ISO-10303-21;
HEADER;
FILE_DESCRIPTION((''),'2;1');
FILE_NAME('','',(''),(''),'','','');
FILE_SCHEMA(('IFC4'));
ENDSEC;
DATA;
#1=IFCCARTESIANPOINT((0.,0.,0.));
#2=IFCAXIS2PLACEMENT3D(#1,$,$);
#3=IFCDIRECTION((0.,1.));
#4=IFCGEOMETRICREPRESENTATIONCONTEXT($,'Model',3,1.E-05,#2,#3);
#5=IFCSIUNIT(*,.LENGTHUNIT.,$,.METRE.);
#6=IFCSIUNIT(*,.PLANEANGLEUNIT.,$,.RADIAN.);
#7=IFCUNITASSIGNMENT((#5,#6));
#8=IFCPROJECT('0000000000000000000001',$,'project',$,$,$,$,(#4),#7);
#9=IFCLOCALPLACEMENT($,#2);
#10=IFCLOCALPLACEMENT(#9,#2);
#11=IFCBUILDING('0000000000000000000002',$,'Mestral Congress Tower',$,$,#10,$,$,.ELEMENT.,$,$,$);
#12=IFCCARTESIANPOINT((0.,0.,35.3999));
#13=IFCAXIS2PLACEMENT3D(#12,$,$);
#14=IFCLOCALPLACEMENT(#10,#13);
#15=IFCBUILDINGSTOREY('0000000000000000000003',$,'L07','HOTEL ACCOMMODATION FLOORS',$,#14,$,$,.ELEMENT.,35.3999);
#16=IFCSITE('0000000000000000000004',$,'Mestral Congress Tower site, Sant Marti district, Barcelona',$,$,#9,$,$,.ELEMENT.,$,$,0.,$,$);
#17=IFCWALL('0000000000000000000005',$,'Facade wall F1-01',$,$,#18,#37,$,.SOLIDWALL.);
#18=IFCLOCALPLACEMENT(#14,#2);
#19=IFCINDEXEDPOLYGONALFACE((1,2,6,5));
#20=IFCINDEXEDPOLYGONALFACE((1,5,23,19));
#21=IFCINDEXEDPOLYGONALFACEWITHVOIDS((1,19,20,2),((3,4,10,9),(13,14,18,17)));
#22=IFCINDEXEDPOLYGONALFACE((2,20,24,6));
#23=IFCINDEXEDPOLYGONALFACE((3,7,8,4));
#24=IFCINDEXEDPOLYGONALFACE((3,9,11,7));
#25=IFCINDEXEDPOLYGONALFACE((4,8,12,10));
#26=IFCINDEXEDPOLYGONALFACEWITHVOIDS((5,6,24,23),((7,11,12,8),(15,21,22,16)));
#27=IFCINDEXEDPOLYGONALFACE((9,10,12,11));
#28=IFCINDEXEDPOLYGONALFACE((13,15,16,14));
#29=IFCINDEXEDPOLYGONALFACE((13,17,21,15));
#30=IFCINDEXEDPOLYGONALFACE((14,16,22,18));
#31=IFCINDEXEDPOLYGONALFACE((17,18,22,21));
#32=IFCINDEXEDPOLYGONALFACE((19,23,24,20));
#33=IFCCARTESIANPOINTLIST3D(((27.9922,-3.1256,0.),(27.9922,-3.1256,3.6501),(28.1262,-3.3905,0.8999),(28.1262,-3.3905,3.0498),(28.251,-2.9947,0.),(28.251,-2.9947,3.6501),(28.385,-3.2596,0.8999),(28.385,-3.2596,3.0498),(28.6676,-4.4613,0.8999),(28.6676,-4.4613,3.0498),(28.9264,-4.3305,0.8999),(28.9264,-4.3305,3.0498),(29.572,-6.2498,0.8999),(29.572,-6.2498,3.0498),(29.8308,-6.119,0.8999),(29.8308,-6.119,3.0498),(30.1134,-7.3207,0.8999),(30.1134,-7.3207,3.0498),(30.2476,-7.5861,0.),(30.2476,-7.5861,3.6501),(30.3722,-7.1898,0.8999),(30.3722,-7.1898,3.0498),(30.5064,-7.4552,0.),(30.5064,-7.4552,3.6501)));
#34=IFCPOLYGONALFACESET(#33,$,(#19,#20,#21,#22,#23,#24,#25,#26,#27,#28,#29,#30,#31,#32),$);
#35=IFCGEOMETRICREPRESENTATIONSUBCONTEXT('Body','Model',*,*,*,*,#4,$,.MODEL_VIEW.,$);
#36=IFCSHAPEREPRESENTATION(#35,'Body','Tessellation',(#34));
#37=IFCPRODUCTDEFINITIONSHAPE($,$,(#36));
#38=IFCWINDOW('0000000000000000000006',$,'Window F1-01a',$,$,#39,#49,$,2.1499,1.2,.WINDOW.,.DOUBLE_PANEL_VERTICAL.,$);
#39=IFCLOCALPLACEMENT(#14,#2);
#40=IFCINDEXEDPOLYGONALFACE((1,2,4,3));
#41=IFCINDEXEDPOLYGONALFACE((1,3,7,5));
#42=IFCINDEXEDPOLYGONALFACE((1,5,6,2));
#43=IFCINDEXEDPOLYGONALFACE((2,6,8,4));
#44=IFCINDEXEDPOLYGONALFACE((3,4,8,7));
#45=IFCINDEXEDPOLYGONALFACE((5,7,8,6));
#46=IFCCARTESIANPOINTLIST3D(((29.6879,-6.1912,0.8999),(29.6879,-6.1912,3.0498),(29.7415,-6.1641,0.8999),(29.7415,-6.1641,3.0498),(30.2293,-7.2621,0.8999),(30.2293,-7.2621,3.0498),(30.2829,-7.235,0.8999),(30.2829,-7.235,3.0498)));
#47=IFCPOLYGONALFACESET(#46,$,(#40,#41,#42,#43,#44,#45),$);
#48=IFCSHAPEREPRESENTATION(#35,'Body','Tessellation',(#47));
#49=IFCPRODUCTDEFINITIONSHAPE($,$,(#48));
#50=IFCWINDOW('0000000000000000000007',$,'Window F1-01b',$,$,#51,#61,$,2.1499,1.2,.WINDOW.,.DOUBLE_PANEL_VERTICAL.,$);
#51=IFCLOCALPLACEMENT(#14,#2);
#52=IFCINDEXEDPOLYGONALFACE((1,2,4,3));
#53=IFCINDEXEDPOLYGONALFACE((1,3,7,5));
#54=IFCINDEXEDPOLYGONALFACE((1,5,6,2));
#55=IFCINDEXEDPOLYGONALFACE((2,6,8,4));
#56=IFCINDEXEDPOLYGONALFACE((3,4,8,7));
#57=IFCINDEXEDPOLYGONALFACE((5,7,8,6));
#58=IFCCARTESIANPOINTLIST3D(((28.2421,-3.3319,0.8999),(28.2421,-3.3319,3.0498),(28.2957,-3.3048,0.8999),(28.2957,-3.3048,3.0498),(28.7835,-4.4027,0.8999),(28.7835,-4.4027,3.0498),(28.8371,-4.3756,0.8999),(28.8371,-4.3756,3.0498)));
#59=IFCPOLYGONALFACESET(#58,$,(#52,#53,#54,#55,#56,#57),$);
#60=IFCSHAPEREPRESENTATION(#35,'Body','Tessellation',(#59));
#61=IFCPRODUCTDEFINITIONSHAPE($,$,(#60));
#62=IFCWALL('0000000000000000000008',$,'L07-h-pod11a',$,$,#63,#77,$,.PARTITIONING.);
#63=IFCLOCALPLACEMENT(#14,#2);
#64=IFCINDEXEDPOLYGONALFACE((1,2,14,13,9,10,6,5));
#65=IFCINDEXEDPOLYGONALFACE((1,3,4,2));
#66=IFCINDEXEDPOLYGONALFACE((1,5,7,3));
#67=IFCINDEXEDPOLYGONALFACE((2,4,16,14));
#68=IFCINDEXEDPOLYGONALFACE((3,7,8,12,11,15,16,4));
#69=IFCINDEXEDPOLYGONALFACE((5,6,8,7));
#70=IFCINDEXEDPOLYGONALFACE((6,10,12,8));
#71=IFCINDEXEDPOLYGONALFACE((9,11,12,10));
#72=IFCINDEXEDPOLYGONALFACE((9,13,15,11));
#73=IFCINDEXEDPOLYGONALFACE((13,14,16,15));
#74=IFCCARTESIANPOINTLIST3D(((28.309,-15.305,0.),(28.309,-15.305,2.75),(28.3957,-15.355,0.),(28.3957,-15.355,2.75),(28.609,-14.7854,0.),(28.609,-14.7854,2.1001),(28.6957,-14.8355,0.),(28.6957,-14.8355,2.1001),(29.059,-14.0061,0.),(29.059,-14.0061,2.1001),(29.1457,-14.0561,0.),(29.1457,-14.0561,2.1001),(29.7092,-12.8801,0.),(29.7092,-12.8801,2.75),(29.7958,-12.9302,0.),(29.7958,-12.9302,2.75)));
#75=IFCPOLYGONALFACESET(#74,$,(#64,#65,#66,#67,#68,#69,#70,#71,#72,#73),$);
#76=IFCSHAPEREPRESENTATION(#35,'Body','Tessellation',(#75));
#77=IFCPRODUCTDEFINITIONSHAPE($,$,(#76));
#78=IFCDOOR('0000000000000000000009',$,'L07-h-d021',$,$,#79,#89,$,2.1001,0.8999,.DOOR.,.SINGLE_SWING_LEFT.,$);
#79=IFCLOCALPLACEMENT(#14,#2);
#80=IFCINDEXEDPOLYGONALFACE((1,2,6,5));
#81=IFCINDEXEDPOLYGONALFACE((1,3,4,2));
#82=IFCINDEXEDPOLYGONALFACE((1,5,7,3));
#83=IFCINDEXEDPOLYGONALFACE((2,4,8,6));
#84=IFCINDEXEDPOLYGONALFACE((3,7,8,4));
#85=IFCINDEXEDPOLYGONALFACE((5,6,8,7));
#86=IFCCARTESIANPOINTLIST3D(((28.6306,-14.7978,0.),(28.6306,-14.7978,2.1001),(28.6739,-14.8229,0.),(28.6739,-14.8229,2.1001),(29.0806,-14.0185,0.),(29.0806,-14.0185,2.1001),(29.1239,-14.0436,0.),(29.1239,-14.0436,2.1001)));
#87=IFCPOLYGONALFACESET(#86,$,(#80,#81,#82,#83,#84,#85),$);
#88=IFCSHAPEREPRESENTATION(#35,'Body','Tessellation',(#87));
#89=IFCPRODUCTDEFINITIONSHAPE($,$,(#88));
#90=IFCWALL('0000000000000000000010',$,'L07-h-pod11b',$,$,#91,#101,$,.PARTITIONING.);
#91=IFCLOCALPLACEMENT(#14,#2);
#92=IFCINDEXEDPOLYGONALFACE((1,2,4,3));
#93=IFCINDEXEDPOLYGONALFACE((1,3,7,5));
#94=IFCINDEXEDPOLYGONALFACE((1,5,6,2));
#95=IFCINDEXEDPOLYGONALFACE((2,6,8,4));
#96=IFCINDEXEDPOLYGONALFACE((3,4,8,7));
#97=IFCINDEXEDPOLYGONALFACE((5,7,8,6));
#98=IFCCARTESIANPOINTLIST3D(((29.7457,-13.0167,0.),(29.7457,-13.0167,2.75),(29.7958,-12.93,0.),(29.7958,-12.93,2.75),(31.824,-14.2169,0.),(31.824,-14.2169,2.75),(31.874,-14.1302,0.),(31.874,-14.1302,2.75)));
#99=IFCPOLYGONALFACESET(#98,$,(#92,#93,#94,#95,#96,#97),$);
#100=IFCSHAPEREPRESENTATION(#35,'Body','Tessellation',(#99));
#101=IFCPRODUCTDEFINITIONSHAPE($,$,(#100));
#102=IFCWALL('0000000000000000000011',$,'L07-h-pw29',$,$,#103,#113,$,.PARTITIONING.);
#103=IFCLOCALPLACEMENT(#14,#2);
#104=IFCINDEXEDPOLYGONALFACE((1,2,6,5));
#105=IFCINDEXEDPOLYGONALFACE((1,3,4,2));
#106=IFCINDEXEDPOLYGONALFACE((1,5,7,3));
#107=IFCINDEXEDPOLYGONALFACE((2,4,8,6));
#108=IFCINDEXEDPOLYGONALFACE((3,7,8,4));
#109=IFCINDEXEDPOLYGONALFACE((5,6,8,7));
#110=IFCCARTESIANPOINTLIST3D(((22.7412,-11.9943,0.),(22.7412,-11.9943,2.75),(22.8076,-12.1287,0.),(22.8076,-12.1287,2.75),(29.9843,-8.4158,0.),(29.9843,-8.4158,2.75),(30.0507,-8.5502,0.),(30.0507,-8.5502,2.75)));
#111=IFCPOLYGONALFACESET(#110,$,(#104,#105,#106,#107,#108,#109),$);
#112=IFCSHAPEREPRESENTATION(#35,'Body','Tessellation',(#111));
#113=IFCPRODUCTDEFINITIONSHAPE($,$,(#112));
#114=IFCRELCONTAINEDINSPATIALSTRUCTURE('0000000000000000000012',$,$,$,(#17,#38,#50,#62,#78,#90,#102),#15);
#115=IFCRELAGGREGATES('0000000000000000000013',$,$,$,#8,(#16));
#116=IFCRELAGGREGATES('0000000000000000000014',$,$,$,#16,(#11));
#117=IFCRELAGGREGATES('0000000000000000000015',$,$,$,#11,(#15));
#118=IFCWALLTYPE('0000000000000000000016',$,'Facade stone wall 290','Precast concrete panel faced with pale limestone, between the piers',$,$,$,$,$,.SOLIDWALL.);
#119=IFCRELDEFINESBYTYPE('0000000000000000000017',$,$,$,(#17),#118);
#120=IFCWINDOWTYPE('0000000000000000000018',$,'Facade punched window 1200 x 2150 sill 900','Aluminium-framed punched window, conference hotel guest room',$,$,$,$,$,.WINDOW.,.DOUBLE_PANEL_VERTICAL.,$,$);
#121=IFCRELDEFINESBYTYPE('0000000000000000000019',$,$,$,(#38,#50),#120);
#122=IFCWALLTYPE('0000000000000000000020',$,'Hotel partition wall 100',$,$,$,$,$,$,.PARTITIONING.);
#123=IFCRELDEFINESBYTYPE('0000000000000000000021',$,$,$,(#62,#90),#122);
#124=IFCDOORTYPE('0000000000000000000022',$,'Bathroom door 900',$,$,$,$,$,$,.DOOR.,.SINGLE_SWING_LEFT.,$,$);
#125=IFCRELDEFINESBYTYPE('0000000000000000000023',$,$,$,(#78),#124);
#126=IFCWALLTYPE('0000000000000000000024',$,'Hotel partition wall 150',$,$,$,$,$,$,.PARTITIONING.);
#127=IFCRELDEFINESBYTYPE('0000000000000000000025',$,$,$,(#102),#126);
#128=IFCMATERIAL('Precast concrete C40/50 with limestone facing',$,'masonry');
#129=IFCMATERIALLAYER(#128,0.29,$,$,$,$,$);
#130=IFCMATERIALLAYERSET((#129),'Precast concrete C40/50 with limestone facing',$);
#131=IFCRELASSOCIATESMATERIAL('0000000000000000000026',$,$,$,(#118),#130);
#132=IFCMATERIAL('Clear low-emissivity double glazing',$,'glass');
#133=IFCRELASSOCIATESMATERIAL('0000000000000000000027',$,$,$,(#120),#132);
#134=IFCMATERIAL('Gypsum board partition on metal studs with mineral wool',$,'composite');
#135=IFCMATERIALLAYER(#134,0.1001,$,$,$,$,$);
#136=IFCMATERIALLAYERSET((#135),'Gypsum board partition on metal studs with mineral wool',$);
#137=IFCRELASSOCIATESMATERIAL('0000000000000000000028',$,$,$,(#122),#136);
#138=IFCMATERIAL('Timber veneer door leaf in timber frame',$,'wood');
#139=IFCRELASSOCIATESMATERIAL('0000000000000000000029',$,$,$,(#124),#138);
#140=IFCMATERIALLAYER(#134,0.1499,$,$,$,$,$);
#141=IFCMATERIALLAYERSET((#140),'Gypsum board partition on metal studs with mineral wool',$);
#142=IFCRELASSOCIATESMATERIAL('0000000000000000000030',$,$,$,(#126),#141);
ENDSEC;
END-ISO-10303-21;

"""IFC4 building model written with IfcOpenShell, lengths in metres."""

from ifc_helpers import new_model, si_unit, direction, frame, frame_2d, origin, place, context, subcontext, project, spatial, rectangle, extrude, material, layer, layer_set, type_object, element, fill, save


model = new_model("IFC4")

# Units and contexts
model_context = context("Model", 3, precision=1e-05, world=origin(), true_north=direction((0.0, 1.0)))
body_context = subcontext(model_context, "Body", "Model", "MODEL_VIEW")
ifc_project = project(units=[si_unit("LENGTHUNIT", "METRE"), si_unit("PLANEANGLEUNIT", "RADIAN")], contexts=[model_context])

# Site, building, storey
site_placement = place(None, origin())
site = spatial("IfcSite", under=ifc_project, at=site_placement, Name="Mestral Congress Tower site, Sant Marti district, Barcelona", CompositionType="ELEMENT", RefElevation=0.0)
building_placement = place(site_placement, origin())
building = spatial("IfcBuilding", under=site, at=building_placement, Name="Mestral Congress Tower", CompositionType="ELEMENT")
storey_placement = place(building_placement, frame((0.0, 0.0, 35.3999)))
storey = spatial("IfcBuildingStorey", under=building, at=storey_placement, Name="L07", Description="HOTEL ACCOMMODATION FLOORS", CompositionType="ELEMENT", Elevation=35.3999)

# Shared definitions
ifc_material_1 = material(Name="Precast concrete C40/50 with limestone facing", Category="masonry")
ifc_layer_1 = layer(ifc_material_1, 0.29)
ifc_layer_set_1 = layer_set([ifc_layer_1], Name="Precast concrete C40/50 with limestone facing")
wall_type_1 = type_object("IfcWallType", Name="Facade stone wall 290", Description="Precast concrete panel faced with pale limestone, between the piers", PredefinedType="SOLIDWALL", material=ifc_layer_set_1)
ifc_material_2 = material(Name="Clear low-emissivity double glazing", Category="glass")

# Wall, openings, windows
window_type_1 = type_object("IfcWindowType", Name="Facade punched window 1200 x 2150 sill 900", Description="Aluminium-framed punched window, conference hotel guest room", PartitioningType="DOUBLE_PANEL_VERTICAL", PredefinedType="WINDOW", material=ifc_material_2)
wall_1_placement = place(storey_placement, frame((30.377, -7.5205, 0.0), z_axis=(0.0, 0.0, 1.0), x_axis=(-0.451234, 0.892406, 0.0)))
wall_1 = element("IfcWall", 1, at=wall_1_placement, inside=storey, type_object=wall_type_1, Name="Facade wall F1-01", PredefinedType="SOLIDWALL", context=body_context, shape_type="SweptSolid", body=[
    extrude(rectangle(XDim=4.9983, YDim=0.29, at=frame_2d((2.499, 0.0))), origin(), (0.0, 0.0, 1.0), 3.6501),
])
opening_1_placement = place(wall_1_placement, frame((0.2971, 0.0, 0.8999)))
opening_1 = element("IfcOpeningElement", 2, at=opening_1_placement, cuts=wall_1, PredefinedType="OPENING", context=body_context, shape_type="SweptSolid", body=[
    extrude(rectangle(XDim=1.2, YDim=2.1499, at=frame_2d((0.6001, 1.075))), frame((0.0, 0.155, 0.0), z_axis=(0.0, -1.0, 0.0), x_axis=(1.0, 0.0, 0.0)), (0.0, 0.0, 1.0), 0.3101),
])
opening_2_placement = place(wall_1_placement, frame((3.5012, 0.0, 0.8999)))
opening_2 = element("IfcOpeningElement", 3, at=opening_2_placement, cuts=wall_1, PredefinedType="OPENING", context=body_context, shape_type="SweptSolid", body=[
    extrude(rectangle(XDim=1.2, YDim=2.1499, at=frame_2d((0.6001, 1.075))), frame((0.0, 0.155, 0.0), z_axis=(0.0, -1.0, 0.0), x_axis=(1.0, 0.0, 0.0)), (0.0, 0.0, 1.0), 0.3101),
])
window_1_placement = place(opening_1_placement, origin())
window_1 = element("IfcWindow", 4, at=window_1_placement, inside=storey, type_object=window_type_1, Name="Window F1-01a", OverallHeight=2.1499, OverallWidth=1.2, PartitioningType="DOUBLE_PANEL_VERTICAL", PredefinedType="WINDOW", context=body_context, shape_type="SweptSolid", body=[
    extrude(rectangle(XDim=1.2, YDim=2.1499, at=frame_2d((0.6001, 1.075))), frame((0.0, 0.0151, 0.0), z_axis=(0.0, -1.0, 0.0), x_axis=(1.0, 0.0, 0.0)), (0.0, 0.0, 1.0), 0.0601),
])
fill(opening_1, window_1)
window_2_placement = place(opening_2_placement, origin())
window_2 = element("IfcWindow", 5, at=window_2_placement, inside=storey, type_object=window_type_1, Name="Window F1-01b", OverallHeight=2.1499, OverallWidth=1.2, PartitioningType="DOUBLE_PANEL_VERTICAL", PredefinedType="WINDOW", context=body_context, shape_type="SweptSolid", body=[
    extrude(rectangle(XDim=1.2, YDim=2.1499, at=frame_2d((0.6001, 1.075))), frame((0.0, 0.0151, 0.0), z_axis=(0.0, -1.0, 0.0), x_axis=(1.0, 0.0, 0.0)), (0.0, 0.0, 1.0), 0.0601),
])
fill(opening_2, window_2)

# Wall, opening, door
ifc_material_3 = material(Name="Gypsum board partition on metal studs with mineral wool", Category="composite")
ifc_layer_2 = layer(ifc_material_3, 0.1001)
ifc_layer_set_2 = layer_set([ifc_layer_2], Name="Gypsum board partition on metal studs with mineral wool")
wall_type_2 = type_object("IfcWallType", Name="Hotel partition wall 100", PredefinedType="PARTITIONING", material=ifc_layer_set_2)
wall_2_placement = place(storey_placement, frame((29.7524, -12.9053, 0.0), z_axis=(0.0, 0.0, 1.0), x_axis=(-0.50005, -0.865997, 0.0)))
wall_2 = element("IfcWall", 6, at=wall_2_placement, inside=storey, type_object=wall_type_2, Name="L07-h-pod11a", PredefinedType="PARTITIONING", context=body_context, shape_type="SweptSolid", body=[
    extrude(rectangle(XDim=2.8, YDim=0.1001, at=frame_2d((1.3999, 0.0))), origin(), (0.0, 0.0, 1.0), 2.75),
])
opening_3_placement = place(wall_2_placement, frame((1.3, 0.0, 0.0)))
opening_3 = element("IfcOpeningElement", 7, at=opening_3_placement, cuts=wall_2, PredefinedType="OPENING", context=body_context, shape_type="SweptSolid", body=[
    extrude(rectangle(XDim=0.8999, YDim=2.1001, at=frame_2d((0.45, 1.05))), frame((0.0, 0.0601, 0.0), z_axis=(0.0, -1.0, 0.0), x_axis=(1.0, 0.0, 0.0)), (0.0, 0.0, 1.0), 0.1201),
])
ifc_material_4 = material(Name="Timber veneer door leaf in timber frame", Category="wood")
door_type = type_object("IfcDoorType", Name="Bathroom door 900", OperationType="SINGLE_SWING_LEFT", PredefinedType="DOOR", material=ifc_material_4)
door_placement = place(opening_3_placement, origin())
door = element("IfcDoor", 8, at=door_placement, inside=storey, type_object=door_type, Name="L07-h-d021", OperationType="SINGLE_SWING_LEFT", OverallHeight=2.1001, OverallWidth=0.8999, PredefinedType="DOOR", context=body_context, shape_type="SweptSolid", body=[
    extrude(rectangle(XDim=0.8999, YDim=2.1001, at=frame_2d((0.45, 1.05))), frame((0.0, 0.0249, 0.0), z_axis=(0.0, -1.0, 0.0), x_axis=(1.0, 0.0, 0.0)), (0.0, 0.0, 1.0), 0.05),
])
fill(opening_3, door)

# Walls
wall_3_placement = place(storey_placement, frame((29.7708, -12.9734, 0.0), z_axis=(0.0, 0.0, 1.0), x_axis=(0.865981, -0.500078, 0.0)))
element("IfcWall", 9, at=wall_3_placement, inside=storey, type_object=wall_type_2, Name="L07-h-pod11b", PredefinedType="PARTITIONING", context=body_context, shape_type="SweptSolid", body=[
    extrude(rectangle(XDim=2.3999, YDim=0.1001, at=frame_2d((1.2, 0.0))), origin(), (0.0, 0.0, 1.0), 2.75),
])
ifc_layer_3 = layer(ifc_material_3, 0.1499)
ifc_layer_set_3 = layer_set([ifc_layer_3], Name="Gypsum board partition on metal studs with mineral wool")
wall_type_3 = type_object("IfcWallType", Name="Hotel partition wall 150", PredefinedType="PARTITIONING", material=ifc_layer_set_3)
wall_4_placement = place(storey_placement, frame((30.0176, -8.4829, 0.0), z_axis=(0.0, 0.0, 1.0), x_axis=(-0.896545, -0.442954, 0.0)))
element("IfcWall", 10, at=wall_4_placement, inside=storey, type_object=wall_type_3, Name="L07-h-pw29", PredefinedType="PARTITIONING", context=body_context, shape_type="SweptSolid", body=[
    extrude(rectangle(XDim=8.0789, YDim=0.1499, at=frame_2d((4.0396, 0.0))), origin(), (0.0, 0.0, 1.0), 2.75),
])

save(model, "model.ifc")
